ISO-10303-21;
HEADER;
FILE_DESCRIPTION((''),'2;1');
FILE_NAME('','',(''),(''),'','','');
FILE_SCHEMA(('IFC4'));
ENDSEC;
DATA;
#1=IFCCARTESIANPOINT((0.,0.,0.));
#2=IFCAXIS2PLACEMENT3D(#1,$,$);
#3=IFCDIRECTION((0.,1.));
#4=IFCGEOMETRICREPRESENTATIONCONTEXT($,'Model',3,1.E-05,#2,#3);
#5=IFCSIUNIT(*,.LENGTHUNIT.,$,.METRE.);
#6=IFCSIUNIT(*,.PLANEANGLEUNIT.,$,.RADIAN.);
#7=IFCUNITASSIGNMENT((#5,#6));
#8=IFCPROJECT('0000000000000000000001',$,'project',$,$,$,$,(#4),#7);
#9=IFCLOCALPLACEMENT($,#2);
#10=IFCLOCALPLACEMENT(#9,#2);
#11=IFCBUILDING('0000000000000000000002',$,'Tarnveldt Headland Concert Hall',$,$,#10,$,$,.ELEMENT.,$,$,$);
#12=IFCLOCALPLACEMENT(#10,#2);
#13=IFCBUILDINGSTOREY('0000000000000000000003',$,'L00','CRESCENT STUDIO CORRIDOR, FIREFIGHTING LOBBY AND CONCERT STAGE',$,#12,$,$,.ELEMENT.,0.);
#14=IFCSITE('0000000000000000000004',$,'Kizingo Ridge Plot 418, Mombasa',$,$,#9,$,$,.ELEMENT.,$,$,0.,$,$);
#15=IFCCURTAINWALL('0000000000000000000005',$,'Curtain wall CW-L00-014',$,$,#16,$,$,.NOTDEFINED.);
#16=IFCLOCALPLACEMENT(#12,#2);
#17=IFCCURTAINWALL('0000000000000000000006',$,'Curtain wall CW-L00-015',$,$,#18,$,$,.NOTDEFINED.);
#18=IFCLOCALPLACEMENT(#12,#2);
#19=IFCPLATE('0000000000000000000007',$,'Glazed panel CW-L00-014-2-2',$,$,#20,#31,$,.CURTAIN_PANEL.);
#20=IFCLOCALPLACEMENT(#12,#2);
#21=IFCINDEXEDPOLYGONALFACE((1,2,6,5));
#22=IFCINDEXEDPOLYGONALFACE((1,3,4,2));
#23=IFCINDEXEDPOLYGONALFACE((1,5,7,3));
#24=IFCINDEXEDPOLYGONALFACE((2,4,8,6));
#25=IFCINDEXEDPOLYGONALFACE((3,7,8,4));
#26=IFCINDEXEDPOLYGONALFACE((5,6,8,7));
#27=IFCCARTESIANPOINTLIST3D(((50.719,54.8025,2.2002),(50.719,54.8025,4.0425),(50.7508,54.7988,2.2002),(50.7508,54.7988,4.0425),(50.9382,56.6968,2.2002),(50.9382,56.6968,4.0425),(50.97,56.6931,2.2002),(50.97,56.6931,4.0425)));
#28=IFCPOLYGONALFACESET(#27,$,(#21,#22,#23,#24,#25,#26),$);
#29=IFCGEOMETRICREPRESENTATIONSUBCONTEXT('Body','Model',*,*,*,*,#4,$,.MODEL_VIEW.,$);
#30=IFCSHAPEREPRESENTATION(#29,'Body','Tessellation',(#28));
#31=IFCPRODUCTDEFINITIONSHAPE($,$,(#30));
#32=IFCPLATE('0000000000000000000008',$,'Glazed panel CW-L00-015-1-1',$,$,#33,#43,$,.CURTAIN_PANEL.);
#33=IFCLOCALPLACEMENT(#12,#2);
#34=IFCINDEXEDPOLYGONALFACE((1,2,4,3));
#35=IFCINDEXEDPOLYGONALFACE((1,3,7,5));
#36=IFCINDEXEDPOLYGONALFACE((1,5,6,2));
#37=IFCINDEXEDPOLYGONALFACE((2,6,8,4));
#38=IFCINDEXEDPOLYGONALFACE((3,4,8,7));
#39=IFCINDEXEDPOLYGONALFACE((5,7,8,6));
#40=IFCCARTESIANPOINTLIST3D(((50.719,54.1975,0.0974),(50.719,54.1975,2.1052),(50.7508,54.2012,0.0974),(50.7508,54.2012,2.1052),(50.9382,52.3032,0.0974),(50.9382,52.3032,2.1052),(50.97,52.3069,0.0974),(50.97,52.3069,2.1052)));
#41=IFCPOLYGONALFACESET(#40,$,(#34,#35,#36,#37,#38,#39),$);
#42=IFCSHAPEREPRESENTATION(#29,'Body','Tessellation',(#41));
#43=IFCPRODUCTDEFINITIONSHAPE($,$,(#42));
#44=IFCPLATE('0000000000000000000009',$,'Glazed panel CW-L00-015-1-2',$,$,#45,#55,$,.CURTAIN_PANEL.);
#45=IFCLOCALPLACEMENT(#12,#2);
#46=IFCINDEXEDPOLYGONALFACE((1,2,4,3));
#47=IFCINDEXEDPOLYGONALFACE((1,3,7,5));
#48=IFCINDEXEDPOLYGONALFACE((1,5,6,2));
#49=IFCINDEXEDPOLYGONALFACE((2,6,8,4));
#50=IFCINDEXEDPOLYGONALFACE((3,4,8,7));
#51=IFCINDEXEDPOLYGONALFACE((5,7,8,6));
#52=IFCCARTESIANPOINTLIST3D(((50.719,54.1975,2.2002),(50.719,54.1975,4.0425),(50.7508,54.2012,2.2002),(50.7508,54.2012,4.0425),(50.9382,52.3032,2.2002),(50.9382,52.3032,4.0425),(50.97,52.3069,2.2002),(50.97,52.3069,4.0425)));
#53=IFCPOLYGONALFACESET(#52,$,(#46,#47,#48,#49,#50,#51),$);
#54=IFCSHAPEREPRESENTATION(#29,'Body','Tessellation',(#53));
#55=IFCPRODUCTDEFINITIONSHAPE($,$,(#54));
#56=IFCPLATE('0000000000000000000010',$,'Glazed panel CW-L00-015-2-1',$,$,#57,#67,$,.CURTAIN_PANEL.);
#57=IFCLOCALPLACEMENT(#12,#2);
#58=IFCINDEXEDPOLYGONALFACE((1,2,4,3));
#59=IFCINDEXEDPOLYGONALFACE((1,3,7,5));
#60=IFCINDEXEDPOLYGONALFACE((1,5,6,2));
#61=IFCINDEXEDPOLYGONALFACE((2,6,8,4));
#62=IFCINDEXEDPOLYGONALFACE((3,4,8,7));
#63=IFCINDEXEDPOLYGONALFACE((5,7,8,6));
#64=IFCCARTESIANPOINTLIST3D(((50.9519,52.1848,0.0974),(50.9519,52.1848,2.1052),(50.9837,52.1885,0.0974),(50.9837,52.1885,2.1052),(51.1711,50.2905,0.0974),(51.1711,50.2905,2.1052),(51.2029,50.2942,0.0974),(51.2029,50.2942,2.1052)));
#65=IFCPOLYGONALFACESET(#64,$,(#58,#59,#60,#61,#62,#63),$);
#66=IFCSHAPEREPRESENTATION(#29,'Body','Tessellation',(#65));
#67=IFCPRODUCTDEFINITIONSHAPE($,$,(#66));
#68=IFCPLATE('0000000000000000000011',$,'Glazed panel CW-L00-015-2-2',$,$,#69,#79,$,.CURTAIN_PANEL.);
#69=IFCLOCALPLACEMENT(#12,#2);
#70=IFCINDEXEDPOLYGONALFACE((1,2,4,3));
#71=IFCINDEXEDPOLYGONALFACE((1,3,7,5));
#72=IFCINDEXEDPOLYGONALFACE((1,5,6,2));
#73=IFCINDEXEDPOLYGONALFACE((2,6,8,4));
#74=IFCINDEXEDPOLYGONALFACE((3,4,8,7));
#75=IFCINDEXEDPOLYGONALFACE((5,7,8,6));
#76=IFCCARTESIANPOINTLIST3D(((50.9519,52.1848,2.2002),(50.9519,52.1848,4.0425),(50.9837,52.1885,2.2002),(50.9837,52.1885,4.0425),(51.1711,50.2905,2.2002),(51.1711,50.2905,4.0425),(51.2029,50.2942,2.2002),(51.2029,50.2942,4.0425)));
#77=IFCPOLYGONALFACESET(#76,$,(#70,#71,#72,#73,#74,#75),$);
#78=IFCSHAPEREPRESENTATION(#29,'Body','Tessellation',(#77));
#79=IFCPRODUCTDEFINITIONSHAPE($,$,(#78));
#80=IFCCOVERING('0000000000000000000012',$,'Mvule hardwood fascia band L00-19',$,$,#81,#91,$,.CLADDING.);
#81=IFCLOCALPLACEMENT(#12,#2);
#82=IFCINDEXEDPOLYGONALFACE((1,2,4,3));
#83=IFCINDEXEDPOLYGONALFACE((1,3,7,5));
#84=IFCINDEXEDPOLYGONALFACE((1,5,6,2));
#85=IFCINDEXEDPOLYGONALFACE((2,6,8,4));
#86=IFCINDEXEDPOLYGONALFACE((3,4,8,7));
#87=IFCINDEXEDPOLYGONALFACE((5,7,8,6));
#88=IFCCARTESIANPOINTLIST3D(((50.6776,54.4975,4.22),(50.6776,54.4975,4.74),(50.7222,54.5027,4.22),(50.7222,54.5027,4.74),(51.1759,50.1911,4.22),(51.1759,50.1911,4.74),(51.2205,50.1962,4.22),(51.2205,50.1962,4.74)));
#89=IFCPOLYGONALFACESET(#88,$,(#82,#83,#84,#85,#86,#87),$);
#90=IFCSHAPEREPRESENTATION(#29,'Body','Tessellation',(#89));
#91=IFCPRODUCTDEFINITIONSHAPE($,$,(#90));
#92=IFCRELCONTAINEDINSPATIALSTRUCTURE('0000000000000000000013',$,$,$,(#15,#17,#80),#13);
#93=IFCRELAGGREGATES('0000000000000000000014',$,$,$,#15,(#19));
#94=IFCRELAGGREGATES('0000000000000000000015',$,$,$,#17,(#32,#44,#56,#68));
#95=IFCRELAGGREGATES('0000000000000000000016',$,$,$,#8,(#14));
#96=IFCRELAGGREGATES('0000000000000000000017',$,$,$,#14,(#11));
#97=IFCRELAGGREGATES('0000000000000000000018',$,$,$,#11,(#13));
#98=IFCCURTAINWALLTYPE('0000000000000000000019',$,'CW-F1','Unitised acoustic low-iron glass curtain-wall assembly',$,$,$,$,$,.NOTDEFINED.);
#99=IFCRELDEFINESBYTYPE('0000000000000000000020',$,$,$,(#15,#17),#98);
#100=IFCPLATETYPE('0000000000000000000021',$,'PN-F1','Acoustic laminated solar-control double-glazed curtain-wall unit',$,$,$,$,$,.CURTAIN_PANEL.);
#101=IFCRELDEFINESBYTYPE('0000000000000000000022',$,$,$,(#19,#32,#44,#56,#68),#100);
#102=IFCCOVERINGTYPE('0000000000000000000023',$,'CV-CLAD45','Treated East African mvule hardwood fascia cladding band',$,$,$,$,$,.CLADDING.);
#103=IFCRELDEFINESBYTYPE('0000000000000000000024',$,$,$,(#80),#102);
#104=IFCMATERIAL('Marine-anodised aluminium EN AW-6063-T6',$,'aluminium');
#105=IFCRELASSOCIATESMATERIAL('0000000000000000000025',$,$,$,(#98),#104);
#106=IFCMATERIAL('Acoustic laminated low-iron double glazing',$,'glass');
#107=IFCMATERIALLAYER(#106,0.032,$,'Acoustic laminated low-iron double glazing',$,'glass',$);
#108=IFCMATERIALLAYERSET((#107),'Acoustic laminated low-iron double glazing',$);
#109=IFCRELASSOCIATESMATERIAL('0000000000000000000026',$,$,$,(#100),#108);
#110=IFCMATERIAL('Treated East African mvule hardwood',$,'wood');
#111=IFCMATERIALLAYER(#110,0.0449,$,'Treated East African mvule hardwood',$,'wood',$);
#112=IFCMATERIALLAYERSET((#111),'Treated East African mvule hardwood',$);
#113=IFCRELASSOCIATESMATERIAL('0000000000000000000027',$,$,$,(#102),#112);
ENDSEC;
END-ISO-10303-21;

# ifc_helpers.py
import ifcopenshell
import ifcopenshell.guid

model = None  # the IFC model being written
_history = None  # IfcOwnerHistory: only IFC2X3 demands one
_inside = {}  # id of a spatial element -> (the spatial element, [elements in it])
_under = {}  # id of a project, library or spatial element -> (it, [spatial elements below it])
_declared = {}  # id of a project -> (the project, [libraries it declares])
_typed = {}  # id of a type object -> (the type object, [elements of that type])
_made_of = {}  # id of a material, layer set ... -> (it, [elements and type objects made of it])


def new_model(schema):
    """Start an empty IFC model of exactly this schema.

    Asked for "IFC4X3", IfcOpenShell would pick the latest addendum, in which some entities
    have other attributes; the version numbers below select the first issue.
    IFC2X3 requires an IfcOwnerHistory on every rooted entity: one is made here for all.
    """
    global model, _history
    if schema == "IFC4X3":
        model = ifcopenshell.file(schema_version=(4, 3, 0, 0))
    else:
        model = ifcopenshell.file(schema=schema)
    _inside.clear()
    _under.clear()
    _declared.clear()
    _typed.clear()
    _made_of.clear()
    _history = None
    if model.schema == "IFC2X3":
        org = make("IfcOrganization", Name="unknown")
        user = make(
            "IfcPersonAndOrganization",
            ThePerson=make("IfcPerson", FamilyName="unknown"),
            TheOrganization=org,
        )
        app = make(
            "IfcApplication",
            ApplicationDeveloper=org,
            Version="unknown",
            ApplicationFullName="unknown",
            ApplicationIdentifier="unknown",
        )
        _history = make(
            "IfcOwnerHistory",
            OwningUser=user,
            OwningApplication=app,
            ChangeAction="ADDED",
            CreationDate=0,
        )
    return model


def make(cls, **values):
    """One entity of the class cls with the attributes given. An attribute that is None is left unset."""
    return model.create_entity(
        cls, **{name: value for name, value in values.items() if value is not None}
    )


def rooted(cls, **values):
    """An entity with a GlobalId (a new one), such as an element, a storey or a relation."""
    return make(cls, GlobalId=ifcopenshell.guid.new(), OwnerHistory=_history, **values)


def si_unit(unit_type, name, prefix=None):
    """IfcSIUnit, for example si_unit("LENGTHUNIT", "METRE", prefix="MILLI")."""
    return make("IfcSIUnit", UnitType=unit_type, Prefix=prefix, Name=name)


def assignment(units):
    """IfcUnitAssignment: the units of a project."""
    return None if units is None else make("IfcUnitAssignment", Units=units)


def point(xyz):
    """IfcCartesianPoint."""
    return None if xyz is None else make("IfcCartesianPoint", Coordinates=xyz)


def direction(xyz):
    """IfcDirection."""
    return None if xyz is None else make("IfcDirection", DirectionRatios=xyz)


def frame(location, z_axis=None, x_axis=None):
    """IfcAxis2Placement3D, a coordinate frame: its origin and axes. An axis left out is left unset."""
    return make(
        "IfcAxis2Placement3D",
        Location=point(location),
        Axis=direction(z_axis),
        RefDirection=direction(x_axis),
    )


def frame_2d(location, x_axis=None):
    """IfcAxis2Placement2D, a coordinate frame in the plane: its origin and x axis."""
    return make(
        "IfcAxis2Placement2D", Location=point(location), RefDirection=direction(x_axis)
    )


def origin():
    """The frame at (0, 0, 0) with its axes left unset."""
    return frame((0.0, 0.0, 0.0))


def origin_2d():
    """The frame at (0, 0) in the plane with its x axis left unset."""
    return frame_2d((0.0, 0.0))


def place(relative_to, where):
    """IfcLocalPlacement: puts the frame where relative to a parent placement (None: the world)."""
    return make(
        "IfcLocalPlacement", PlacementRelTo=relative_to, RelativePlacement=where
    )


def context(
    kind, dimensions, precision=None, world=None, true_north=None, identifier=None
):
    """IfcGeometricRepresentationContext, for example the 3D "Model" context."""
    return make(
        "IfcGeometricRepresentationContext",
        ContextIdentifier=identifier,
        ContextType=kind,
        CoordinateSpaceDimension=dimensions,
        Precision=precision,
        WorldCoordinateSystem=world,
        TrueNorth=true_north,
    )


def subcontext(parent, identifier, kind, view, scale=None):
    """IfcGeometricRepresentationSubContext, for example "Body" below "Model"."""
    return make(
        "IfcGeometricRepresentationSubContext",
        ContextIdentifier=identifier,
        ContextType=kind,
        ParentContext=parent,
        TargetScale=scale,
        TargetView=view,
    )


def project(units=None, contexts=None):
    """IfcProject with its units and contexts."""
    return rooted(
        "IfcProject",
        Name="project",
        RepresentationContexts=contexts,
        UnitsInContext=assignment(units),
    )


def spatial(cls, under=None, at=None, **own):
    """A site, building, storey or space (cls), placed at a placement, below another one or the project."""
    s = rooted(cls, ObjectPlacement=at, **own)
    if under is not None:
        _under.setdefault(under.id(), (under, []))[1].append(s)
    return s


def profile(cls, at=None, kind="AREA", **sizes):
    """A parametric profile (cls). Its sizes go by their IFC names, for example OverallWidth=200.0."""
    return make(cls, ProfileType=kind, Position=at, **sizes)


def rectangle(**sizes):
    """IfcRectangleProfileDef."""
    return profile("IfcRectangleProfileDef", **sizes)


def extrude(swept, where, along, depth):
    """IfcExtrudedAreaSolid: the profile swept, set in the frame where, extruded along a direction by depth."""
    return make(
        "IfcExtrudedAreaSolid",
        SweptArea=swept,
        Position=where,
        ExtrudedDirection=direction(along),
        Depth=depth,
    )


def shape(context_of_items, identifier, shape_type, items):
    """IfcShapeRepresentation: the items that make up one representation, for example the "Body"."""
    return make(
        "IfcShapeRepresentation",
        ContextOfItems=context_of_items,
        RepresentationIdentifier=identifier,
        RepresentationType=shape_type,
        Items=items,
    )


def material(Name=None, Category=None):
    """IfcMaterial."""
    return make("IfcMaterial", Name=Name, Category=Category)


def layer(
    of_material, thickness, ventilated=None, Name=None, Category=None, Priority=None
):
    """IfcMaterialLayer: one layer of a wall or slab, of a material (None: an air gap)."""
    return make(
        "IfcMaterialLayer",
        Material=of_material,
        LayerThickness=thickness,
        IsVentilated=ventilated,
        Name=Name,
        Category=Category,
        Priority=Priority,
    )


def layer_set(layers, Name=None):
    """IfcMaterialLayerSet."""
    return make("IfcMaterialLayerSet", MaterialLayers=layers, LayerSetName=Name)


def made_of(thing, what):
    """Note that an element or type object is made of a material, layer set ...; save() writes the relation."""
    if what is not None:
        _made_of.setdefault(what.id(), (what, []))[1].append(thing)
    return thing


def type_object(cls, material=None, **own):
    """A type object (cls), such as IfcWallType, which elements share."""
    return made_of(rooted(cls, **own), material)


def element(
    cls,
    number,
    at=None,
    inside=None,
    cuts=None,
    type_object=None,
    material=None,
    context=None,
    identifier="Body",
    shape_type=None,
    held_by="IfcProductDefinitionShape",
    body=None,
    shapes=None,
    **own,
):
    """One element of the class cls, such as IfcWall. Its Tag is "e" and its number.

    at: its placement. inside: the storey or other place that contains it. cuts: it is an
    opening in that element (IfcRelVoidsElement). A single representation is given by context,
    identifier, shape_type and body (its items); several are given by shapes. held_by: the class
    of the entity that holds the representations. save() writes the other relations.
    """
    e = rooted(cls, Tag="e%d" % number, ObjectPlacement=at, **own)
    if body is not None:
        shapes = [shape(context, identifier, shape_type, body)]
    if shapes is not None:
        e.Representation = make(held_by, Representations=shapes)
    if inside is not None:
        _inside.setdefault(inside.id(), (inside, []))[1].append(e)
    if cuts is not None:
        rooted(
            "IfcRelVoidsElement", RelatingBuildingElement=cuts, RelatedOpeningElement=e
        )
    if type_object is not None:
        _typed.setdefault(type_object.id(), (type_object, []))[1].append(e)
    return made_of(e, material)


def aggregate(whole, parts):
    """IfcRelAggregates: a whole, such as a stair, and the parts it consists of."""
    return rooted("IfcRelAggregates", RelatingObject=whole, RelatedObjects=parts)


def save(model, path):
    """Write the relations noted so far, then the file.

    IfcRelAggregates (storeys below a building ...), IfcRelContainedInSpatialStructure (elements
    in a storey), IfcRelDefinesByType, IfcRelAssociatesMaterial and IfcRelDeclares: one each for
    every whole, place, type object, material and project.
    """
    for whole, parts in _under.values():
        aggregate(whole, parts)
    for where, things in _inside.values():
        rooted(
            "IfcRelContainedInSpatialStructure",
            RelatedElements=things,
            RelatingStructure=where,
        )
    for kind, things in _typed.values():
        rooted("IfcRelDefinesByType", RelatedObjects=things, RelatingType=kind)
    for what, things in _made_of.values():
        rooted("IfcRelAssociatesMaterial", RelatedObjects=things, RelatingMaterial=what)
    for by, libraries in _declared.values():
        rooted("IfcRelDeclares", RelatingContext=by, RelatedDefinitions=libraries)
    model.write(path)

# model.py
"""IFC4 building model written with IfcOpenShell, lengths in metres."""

from ifc_helpers import new_model, si_unit, direction, frame, frame_2d, origin, origin_2d, place, context, subcontext, project, spatial, rectangle, extrude, material, layer, layer_set, type_object, element, aggregate, save


model = new_model("IFC4")

# Units and contexts
model_context = context("Model", 3, precision=1e-05, world=origin(), true_north=direction((0.0, 1.0)))
body_context = subcontext(model_context, "Body", "Model", "MODEL_VIEW")
ifc_project = project(units=[si_unit("LENGTHUNIT", "METRE"), si_unit("PLANEANGLEUNIT", "RADIAN")], contexts=[model_context])

# Site, building, storey
site_placement = place(None, origin())
site = spatial("IfcSite", under=ifc_project, at=site_placement, Name="Kizingo Ridge Plot 418, Mombasa", CompositionType="ELEMENT", RefElevation=0.0)
building_placement = place(site_placement, origin())
building = spatial("IfcBuilding", under=site, at=building_placement, Name="Tarnveldt Headland Concert Hall", CompositionType="ELEMENT")
storey_placement = place(building_placement, origin())
storey = spatial("IfcBuildingStorey", under=building, at=storey_placement, Name="L00", Description="CRESCENT STUDIO CORRIDOR, FIREFIGHTING LOBBY AND CONCERT STAGE", CompositionType="ELEMENT", Elevation=0.0)

# Curtain walls
ifc_material_1 = material(Name="Marine-anodised aluminium EN AW-6063-T6", Category="aluminium")
curtain_wall_type = type_object("IfcCurtainWallType", Name="CW-F1", Description="Unitised acoustic low-iron glass curtain-wall assembly", PredefinedType="NOTDEFINED", material=ifc_material_1)
curtain_wall_1_placement = place(storey_placement, origin())
curtain_wall_1 = element("IfcCurtainWall", 1, at=curtain_wall_1_placement, inside=storey, type_object=curtain_wall_type, Name="Curtain wall CW-L00-014", PredefinedType="NOTDEFINED")
curtain_wall_2_placement = place(storey_placement, origin())
curtain_wall_2 = element("IfcCurtainWall", 2, at=curtain_wall_2_placement, inside=storey, type_object=curtain_wall_type, Name="Curtain wall CW-L00-015", PredefinedType="NOTDEFINED")

# Plates
ifc_material_2 = material(Name="Acoustic laminated low-iron double glazing", Category="glass")
ifc_layer_1 = layer(ifc_material_2, 0.032, Name="Acoustic laminated low-iron double glazing", Category="glass")
ifc_layer_set_1 = layer_set([ifc_layer_1], Name="Acoustic laminated low-iron double glazing")
plate_type = type_object("IfcPlateType", Name="PN-F1", Description="Acoustic laminated solar-control double-glazed curtain-wall unit", PredefinedType="CURTAIN_PANEL", material=ifc_layer_set_1)
plate_1_placement = place(storey_placement, frame((50.8445, 55.7478, 2.2002), z_axis=(0.0, 0.0, 1.0), x_axis=(-0.114937, -0.993373, 0.0)))
plate_1 = element("IfcPlate", 3, at=plate_1_placement, type_object=plate_type, Name="Glazed panel CW-L00-014-2-2", PredefinedType="CURTAIN_PANEL", context=body_context, shape_type="SweptSolid", body=[
    extrude(rectangle(XDim=1.907, YDim=0.032, at=origin_2d()), origin(), (0.0, 0.0, 1.0), 1.8423),
])
aggregate(curtain_wall_1, [plate_1])
plate_2_placement = place(storey_placement, frame((50.8445, 53.2522, 0.0974), z_axis=(0.0, 0.0, 1.0), x_axis=(0.114937, -0.993373, 0.0)))
plate_2 = element("IfcPlate", 4, at=plate_2_placement, type_object=plate_type, Name="Glazed panel CW-L00-015-1-1", PredefinedType="CURTAIN_PANEL", context=body_context, shape_type="SweptSolid", body=[
    extrude(rectangle(XDim=1.907, YDim=0.032, at=origin_2d()), origin(), (0.0, 0.0, 1.0), 2.0078),
])
plate_3_placement = place(storey_placement, frame((50.8445, 53.2522, 2.2002), z_axis=(0.0, 0.0, 1.0), x_axis=(0.114937, -0.993373, 0.0)))
plate_3 = element("IfcPlate", 5, at=plate_3_placement, type_object=plate_type, Name="Glazed panel CW-L00-015-1-2", PredefinedType="CURTAIN_PANEL", context=body_context, shape_type="SweptSolid", body=[
    extrude(rectangle(XDim=1.907, YDim=0.032, at=origin_2d()), origin(), (0.0, 0.0, 1.0), 1.8423),
])
plate_4_placement = place(storey_placement, frame((51.0774, 51.2395, 0.0974), z_axis=(0.0, 0.0, 1.0), x_axis=(0.114937, -0.993373, 0.0)))
plate_4 = element("IfcPlate", 6, at=plate_4_placement, type_object=plate_type, Name="Glazed panel CW-L00-015-2-1", PredefinedType="CURTAIN_PANEL", context=body_context, shape_type="SweptSolid", body=[
    extrude(rectangle(XDim=1.907, YDim=0.032, at=origin_2d()), origin(), (0.0, 0.0, 1.0), 2.0078),
])
plate_5_placement = place(storey_placement, frame((51.0774, 51.2395, 2.2002), z_axis=(0.0, 0.0, 1.0), x_axis=(0.114937, -0.993373, 0.0)))
plate_5 = element("IfcPlate", 7, at=plate_5_placement, type_object=plate_type, Name="Glazed panel CW-L00-015-2-2", PredefinedType="CURTAIN_PANEL", context=body_context, shape_type="SweptSolid", body=[
    extrude(rectangle(XDim=1.907, YDim=0.032, at=origin_2d()), origin(), (0.0, 0.0, 1.0), 1.8423),
])
aggregate(curtain_wall_2, [plate_2, plate_3, plate_4, plate_5])

# Covering
ifc_material_3 = material(Name="Treated East African mvule hardwood", Category="wood")
ifc_layer_2 = layer(ifc_material_3, 0.0449, Name="Treated East African mvule hardwood", Category="wood")
ifc_layer_set_2 = layer_set([ifc_layer_2], Name="Treated East African mvule hardwood")
covering_type = type_object("IfcCoveringType", Name="CV-CLAD45", Description="Treated East African mvule hardwood fascia cladding band", PredefinedType="CLADDING", material=ifc_layer_set_2)
covering_placement = place(storey_placement, frame((50.7, 54.5, 4.22), z_axis=(0.0, 0.0, 1.0), x_axis=(0.114943, -0.993372, 0.0)))
element("IfcCovering", 8, at=covering_placement, inside=storey, type_object=covering_type, Name="Mvule hardwood fascia band L00-19", PredefinedType="CLADDING", context=body_context, shape_type="SweptSolid", body=[
    extrude(rectangle(XDim=4.3352, YDim=0.0449, at=frame_2d((2.1675, 0.0))), origin(), (0.0, 0.0, 1.0), 0.52),
])

save(model, "model.ifc")
